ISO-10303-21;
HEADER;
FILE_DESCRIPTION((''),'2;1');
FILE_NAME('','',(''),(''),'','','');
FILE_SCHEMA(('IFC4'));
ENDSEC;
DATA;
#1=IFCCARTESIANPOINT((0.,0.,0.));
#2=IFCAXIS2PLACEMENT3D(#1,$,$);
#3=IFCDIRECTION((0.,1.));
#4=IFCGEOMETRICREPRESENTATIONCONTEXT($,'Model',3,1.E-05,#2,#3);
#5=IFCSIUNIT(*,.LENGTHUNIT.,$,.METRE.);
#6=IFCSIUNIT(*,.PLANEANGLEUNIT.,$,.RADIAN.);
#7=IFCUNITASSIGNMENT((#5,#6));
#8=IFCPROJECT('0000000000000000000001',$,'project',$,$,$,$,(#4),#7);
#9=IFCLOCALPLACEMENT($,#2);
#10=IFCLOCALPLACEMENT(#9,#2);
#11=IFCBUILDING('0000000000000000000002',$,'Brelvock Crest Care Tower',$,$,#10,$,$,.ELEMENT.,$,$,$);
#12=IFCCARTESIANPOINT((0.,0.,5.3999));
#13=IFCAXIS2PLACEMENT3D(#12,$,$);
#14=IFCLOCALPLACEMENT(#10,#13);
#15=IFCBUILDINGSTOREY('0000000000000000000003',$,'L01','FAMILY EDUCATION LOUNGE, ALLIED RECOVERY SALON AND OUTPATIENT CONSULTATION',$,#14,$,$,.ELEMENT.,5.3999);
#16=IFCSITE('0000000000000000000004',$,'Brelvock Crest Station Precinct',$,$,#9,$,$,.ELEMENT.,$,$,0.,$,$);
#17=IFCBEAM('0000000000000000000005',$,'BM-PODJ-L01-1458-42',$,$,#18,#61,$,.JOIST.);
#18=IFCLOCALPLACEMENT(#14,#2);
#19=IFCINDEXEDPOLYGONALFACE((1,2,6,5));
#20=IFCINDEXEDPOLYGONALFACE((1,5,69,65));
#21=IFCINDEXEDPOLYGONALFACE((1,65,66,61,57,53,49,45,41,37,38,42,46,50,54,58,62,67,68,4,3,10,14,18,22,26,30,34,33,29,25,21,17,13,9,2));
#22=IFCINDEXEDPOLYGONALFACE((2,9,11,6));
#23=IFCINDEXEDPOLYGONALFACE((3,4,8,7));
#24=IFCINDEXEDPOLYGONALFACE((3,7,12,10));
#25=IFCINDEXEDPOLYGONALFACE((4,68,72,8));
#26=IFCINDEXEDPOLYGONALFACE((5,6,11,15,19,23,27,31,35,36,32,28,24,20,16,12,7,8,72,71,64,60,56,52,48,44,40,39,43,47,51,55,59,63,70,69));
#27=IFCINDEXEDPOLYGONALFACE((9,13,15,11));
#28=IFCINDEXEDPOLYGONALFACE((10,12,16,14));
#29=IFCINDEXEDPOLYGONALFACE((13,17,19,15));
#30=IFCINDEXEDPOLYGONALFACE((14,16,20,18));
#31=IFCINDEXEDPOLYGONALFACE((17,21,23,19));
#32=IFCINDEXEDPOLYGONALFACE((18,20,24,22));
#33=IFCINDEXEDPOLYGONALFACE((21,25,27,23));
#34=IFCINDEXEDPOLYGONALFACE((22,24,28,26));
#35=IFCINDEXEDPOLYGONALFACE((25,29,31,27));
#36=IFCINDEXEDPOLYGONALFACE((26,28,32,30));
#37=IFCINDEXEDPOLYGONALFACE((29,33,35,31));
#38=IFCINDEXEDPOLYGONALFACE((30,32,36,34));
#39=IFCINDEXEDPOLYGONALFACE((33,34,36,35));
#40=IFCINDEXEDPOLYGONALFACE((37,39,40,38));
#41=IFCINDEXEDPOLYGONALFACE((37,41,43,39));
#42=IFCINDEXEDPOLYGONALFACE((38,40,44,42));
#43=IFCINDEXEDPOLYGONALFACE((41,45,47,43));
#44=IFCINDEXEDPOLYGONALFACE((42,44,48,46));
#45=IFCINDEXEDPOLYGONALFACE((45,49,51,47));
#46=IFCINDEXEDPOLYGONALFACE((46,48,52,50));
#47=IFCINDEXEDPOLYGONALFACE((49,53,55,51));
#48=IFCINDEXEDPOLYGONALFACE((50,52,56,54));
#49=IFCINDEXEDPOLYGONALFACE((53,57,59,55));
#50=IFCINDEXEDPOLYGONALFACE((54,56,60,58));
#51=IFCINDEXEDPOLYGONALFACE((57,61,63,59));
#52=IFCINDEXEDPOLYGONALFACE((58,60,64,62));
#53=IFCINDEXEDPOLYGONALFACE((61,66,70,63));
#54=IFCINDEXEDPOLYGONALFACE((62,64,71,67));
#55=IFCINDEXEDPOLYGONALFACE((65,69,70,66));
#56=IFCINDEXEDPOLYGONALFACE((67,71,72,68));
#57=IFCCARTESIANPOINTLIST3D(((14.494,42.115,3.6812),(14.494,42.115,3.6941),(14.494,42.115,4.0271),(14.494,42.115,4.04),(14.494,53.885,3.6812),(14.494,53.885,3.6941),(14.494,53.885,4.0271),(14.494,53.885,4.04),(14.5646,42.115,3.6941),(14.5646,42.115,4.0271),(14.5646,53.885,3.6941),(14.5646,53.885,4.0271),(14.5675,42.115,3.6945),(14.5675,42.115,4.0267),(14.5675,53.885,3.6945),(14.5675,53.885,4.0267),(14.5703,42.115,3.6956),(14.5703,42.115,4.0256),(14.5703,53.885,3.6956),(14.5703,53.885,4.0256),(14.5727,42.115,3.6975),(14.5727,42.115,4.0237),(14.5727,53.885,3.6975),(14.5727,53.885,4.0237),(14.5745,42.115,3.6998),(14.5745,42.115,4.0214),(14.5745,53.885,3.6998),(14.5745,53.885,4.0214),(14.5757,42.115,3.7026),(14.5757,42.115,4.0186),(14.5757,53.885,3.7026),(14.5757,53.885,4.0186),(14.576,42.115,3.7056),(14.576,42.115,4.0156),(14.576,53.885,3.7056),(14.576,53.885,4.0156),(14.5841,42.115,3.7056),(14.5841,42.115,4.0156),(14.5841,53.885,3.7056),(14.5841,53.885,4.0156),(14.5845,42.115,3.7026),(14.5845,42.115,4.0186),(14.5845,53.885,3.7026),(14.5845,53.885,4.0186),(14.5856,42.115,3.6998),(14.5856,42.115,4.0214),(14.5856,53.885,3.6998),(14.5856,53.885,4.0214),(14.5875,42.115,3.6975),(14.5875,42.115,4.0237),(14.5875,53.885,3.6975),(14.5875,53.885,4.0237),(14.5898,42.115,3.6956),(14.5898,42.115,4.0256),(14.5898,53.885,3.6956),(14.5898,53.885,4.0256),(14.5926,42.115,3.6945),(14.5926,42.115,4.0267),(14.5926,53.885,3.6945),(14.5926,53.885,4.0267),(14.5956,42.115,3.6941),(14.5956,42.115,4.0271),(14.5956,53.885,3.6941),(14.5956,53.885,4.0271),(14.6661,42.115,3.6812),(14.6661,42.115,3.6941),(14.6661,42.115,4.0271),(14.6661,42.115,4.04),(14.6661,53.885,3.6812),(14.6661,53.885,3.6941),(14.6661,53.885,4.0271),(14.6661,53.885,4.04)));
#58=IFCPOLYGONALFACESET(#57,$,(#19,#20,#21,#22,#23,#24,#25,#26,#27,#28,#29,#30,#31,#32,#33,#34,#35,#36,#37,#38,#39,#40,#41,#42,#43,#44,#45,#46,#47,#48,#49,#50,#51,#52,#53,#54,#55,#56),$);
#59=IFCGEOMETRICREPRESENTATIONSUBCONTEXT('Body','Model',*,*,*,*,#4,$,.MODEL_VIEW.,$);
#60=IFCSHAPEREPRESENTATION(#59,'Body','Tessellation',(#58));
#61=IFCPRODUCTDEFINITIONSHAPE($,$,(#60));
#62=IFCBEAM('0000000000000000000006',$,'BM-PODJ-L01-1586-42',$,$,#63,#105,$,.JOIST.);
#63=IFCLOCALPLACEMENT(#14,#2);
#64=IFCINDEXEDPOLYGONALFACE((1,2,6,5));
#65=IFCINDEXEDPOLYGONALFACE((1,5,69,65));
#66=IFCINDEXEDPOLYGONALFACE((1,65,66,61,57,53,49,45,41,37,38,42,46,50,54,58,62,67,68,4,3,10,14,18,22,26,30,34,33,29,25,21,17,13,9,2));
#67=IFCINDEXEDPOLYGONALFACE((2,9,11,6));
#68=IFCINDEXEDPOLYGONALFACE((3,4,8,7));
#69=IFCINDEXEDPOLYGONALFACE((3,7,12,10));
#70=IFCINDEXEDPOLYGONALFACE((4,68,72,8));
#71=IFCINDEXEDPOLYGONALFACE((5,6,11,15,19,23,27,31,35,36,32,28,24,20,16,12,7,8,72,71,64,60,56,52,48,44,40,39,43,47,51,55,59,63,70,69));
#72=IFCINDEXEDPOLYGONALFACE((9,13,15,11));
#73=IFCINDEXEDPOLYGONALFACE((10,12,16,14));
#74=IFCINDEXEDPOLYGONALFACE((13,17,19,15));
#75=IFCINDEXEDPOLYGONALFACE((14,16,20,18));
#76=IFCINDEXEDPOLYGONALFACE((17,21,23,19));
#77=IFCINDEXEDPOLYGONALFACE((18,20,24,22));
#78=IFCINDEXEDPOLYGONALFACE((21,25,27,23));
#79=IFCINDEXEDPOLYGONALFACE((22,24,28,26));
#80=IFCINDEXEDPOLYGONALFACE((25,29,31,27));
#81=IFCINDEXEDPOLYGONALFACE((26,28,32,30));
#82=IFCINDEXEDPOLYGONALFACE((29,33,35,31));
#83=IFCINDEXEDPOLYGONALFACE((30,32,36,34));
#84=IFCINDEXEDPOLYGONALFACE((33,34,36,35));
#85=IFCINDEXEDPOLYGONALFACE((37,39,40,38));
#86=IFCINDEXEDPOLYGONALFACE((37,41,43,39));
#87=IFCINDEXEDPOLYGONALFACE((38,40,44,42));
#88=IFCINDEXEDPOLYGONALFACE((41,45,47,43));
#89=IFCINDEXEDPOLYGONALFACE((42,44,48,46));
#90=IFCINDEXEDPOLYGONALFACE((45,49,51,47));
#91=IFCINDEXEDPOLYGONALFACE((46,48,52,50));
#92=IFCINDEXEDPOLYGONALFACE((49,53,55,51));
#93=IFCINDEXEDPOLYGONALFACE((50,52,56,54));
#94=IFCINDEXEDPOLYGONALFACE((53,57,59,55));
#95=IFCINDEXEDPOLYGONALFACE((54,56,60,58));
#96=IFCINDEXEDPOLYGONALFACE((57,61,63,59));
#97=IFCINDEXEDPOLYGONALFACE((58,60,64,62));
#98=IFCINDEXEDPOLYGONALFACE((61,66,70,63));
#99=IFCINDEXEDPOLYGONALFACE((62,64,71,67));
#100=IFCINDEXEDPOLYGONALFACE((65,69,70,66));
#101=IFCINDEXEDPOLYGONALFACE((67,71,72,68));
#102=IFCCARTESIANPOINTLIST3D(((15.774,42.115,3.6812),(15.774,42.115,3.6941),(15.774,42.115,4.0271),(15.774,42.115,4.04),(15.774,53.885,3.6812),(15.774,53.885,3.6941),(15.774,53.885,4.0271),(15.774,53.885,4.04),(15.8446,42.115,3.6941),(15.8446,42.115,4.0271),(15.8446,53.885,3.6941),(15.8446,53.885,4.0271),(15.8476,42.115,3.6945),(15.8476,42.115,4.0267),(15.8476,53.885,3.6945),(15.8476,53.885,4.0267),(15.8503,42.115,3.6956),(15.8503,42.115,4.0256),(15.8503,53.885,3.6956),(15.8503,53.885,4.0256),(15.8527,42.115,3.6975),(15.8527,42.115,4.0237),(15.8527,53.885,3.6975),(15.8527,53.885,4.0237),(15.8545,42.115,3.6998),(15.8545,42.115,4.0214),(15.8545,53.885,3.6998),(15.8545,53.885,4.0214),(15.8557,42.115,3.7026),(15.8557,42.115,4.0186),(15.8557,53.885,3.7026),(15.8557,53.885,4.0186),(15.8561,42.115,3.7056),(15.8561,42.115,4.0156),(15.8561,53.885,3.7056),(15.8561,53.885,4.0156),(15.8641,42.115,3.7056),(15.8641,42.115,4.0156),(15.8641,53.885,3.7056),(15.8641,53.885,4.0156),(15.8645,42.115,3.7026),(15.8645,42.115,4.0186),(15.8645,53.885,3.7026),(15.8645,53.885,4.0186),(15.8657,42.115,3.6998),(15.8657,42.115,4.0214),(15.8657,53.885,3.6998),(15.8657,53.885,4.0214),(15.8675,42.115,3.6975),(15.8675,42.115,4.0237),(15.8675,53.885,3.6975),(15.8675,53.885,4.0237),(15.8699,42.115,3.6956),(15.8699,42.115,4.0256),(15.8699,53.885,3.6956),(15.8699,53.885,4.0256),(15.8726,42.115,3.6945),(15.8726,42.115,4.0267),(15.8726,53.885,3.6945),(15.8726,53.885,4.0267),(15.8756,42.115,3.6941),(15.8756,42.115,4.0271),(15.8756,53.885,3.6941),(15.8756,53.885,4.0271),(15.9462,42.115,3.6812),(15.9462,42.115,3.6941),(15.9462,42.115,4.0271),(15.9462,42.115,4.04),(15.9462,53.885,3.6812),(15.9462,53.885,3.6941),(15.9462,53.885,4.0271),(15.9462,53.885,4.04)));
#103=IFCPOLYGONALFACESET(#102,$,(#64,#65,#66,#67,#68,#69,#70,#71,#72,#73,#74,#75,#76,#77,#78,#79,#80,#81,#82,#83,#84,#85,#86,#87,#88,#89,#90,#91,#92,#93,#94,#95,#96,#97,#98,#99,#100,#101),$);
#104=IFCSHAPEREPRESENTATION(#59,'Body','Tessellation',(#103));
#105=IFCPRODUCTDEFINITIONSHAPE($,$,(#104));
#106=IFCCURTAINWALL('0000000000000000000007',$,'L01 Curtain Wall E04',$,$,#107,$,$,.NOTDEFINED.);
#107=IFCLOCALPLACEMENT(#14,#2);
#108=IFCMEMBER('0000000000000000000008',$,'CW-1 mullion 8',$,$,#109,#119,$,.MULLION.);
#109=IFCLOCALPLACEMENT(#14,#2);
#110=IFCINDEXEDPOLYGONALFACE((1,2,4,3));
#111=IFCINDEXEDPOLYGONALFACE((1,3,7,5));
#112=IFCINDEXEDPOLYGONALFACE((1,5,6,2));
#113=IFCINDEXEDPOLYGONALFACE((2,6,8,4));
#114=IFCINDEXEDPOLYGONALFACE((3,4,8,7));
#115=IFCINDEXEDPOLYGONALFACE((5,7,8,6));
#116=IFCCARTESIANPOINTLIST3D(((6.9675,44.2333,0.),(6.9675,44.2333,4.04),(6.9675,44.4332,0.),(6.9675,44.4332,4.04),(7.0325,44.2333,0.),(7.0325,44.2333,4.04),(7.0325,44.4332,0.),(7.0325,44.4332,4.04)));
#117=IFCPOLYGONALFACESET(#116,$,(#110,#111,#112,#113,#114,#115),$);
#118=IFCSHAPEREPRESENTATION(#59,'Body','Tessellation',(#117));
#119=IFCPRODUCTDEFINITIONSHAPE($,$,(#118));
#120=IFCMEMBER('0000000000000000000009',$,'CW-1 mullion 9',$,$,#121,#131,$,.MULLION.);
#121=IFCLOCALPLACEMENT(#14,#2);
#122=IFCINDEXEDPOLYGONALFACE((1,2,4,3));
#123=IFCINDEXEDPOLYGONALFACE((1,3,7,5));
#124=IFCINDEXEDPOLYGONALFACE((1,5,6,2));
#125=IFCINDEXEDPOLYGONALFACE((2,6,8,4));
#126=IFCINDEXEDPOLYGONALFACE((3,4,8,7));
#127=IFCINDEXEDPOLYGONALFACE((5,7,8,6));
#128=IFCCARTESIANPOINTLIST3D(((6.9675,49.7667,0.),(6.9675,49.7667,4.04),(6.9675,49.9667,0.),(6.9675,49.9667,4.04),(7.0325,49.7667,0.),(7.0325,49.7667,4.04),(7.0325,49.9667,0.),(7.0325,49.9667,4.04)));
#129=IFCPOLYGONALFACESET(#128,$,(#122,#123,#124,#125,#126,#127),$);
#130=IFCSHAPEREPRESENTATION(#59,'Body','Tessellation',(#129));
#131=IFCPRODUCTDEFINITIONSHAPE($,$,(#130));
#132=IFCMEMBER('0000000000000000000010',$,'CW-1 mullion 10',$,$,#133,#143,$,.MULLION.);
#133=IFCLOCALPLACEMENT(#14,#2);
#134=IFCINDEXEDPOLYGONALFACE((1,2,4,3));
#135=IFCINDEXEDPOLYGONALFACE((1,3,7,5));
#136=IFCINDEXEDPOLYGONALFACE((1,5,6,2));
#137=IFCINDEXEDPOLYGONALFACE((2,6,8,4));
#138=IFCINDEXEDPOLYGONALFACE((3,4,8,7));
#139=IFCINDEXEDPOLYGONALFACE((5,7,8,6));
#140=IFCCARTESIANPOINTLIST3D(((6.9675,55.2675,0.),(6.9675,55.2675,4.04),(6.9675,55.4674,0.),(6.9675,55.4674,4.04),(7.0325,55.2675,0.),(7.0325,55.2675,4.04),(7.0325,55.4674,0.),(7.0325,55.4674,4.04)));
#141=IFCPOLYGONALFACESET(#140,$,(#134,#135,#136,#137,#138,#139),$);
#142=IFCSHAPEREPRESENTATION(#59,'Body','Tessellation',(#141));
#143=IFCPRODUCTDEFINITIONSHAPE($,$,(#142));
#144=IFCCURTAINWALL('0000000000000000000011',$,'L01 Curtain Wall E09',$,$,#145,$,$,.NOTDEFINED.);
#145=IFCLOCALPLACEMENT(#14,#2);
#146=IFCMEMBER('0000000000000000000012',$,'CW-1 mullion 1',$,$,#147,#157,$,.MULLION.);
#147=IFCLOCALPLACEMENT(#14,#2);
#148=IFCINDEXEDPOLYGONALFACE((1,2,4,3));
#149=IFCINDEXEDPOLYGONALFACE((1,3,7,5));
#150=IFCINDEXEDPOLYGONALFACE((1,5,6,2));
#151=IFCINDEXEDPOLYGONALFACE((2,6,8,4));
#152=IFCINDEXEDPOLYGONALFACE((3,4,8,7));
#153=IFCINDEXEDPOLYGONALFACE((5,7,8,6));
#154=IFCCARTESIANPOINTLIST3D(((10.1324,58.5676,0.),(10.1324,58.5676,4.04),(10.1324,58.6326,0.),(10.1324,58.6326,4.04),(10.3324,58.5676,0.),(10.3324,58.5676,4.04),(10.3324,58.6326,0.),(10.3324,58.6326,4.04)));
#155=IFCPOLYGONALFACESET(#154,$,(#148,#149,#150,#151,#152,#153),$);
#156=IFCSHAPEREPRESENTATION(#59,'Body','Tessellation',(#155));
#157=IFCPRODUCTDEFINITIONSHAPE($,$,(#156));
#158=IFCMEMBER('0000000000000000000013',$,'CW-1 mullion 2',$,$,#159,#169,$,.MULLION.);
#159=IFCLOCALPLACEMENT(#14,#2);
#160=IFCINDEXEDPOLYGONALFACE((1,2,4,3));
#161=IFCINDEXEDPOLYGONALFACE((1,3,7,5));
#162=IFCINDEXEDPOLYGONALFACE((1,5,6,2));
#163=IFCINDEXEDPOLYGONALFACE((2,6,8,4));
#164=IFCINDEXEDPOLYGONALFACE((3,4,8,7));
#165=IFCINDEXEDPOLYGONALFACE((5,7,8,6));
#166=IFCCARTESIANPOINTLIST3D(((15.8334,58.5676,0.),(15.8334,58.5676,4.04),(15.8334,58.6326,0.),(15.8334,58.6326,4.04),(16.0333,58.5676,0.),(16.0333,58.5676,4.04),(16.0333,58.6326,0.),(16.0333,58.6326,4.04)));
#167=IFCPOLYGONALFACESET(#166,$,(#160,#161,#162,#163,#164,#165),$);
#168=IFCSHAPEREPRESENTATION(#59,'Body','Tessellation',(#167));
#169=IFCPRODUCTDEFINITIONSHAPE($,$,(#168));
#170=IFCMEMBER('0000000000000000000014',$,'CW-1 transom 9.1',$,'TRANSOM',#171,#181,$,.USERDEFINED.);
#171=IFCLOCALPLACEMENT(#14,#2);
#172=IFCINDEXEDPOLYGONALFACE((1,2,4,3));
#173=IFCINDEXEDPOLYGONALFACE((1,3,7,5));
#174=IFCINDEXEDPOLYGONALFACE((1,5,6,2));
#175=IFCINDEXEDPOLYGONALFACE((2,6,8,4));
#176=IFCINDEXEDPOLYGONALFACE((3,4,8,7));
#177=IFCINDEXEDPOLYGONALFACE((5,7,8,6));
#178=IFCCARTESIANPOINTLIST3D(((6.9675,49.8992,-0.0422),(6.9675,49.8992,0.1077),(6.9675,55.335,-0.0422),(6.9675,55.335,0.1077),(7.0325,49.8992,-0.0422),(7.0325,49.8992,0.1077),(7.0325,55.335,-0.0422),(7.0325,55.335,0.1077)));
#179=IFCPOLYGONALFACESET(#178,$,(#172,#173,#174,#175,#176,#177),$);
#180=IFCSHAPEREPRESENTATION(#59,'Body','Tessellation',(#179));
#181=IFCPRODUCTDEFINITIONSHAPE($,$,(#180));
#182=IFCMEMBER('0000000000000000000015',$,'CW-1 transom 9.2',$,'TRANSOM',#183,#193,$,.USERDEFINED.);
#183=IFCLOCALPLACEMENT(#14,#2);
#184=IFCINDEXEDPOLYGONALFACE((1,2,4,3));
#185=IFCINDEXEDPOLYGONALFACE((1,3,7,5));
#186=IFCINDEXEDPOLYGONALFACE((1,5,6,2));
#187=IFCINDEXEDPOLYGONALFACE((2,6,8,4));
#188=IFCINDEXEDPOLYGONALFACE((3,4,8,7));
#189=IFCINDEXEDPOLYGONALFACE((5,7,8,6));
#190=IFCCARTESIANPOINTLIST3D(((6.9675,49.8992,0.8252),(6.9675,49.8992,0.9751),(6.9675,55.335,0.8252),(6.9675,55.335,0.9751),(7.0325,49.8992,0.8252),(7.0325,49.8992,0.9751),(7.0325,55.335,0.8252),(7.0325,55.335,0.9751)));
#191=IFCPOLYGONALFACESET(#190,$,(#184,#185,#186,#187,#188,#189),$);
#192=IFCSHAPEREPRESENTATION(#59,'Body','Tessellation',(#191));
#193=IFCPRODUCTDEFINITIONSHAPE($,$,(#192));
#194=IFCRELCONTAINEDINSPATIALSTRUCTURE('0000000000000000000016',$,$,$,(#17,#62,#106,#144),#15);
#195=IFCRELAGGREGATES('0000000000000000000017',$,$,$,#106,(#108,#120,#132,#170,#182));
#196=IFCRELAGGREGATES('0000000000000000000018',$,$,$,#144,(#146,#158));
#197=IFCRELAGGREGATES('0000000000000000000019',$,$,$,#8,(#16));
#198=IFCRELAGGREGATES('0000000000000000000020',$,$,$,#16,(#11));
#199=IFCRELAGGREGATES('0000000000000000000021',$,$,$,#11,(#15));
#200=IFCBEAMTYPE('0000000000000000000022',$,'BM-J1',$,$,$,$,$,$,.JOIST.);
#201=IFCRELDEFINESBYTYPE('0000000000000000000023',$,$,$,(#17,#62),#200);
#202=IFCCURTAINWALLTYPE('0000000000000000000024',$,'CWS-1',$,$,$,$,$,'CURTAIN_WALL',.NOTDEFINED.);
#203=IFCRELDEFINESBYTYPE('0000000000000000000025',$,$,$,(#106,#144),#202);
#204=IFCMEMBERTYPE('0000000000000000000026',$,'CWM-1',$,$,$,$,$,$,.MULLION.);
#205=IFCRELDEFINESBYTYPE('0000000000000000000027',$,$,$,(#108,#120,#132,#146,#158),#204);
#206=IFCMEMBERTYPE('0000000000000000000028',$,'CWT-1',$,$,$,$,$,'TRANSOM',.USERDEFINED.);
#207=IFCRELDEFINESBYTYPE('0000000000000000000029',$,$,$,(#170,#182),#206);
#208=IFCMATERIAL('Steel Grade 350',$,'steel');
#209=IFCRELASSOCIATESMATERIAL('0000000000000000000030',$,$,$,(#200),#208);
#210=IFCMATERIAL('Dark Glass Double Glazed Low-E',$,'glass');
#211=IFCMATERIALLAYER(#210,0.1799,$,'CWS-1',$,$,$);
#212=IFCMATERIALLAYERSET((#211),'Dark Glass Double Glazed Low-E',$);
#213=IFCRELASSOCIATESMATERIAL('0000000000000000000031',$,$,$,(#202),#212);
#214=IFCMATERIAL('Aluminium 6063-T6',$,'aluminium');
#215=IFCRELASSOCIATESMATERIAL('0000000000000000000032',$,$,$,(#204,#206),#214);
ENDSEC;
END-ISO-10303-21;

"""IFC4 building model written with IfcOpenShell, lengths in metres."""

from ifc_helpers import new_model, si_unit, direction, frame, origin, origin_2d, place, context, subcontext, project, spatial, rectangle, i_section, extrude, source, transform, mapped, material, layer, layer_set, material_profile, profile_set, type_object, element, aggregate, save


model = new_model("IFC4")

# Units and contexts
model_context = context("Model", 3, precision=1e-05, world=origin(), true_north=direction((0.0, 1.0)))
body_context = subcontext(model_context, "Body", "Model", "MODEL_VIEW")
ifc_project = project(units=[si_unit("LENGTHUNIT", "METRE"), si_unit("PLANEANGLEUNIT", "RADIAN")], contexts=[model_context])

# Site, building, storey
site_placement = place(None, origin())
site = spatial("IfcSite", under=ifc_project, at=site_placement, Name="Brelvock Crest Station Precinct", CompositionType="ELEMENT", RefElevation=0.0)
building_placement = place(site_placement, origin())
building = spatial("IfcBuilding", under=site, at=building_placement, Name="Brelvock Crest Care Tower", CompositionType="ELEMENT")
storey_placement = place(building_placement, frame((0.0, 0.0, 5.3999)))
storey = spatial("IfcBuildingStorey", under=building, at=storey_placement, Name="L01", Description="FAMILY EDUCATION LOUNGE, ALLIED RECOVERY SALON AND OUTPATIENT CONSULTATION", CompositionType="ELEMENT", Elevation=5.3999)

# Shared definitions
ifc_material_1 = material(Name="Steel Grade 350", Category="steel")

# Beams
ifc_material_profile_1 = material_profile(ifc_material_1, i_section(OverallWidth=0.1721, OverallDepth=0.3589, WebThickness=0.0081, FlangeThickness=0.0129, FilletRadius=0.0115, at=origin_2d()), Name="360UB56.7")
ifc_profile_set_1 = profile_set([ifc_material_profile_1], Name="Steel Grade 350")
beam_type_1 = type_object("IfcBeamType", Name="BM-J1", PredefinedType="JOIST", material=ifc_profile_set_1)
shared_shape_1 = source(origin(), body_context, "Body", "SweptSolid", [
    extrude(i_section(OverallWidth=0.1721, OverallDepth=0.3589, WebThickness=0.0081, FlangeThickness=0.0129, FilletRadius=0.0115, at=origin_2d()), origin(), (0.0, 0.0, 1.0), 11.77),
])
for number, where, z_axis, x_axis, name in (
    (1, (14.5801, 42.115, 3.8606), (0.0, 1.0, 0.0), (-1.0, 0.0, 0.0), "BM-PODJ-L01-1458-42"),
    (2, (15.8601, 42.115, 3.8606), (0.0, 1.0, 0.0), (-1.0, 0.0, 0.0), "BM-PODJ-L01-1586-42"),
):
    element("IfcBeam", number, at=place(storey_placement, frame(where, z_axis=z_axis, x_axis=x_axis)), inside=storey, type_object=beam_type_1, Name=name, PredefinedType="JOIST", context=body_context, shape_type="MappedRepresentation", body=[
        mapped(shared_shape_1, transform((0.0, 0.0, 0.0), x_axis=(1.0, 0.0, 0.0), y_axis=(0.0, 1.0, 0.0), z_axis=(0.0, 0.0, 1.0), scale=1.0)),
    ])

# Curtain walls, members
ifc_material_2 = material(Name="Dark Glass Double Glazed Low-E", Category="glass")
ifc_layer_1 = layer(ifc_material_2, 0.1799, Name="CWS-1")
ifc_layer_set_1 = layer_set([ifc_layer_1], Name="Dark Glass Double Glazed Low-E")
curtain_wall_type = type_object("IfcCurtainWallType", Name="CWS-1", ElementType="CURTAIN_WALL", PredefinedType="NOTDEFINED", material=ifc_layer_set_1)
curtain_wall_1_placement = place(storey_placement, origin())
curtain_wall_1 = element("IfcCurtainWall", 3, at=curtain_wall_1_placement, inside=storey, type_object=curtain_wall_type, Name="L01 Curtain Wall E04", PredefinedType="NOTDEFINED")
ifc_material_3 = material(Name="Aluminium 6063-T6", Category="aluminium")
ifc_material_profile_2 = material_profile(ifc_material_3, rectangle(XDim=0.0649, YDim=0.2, at=origin_2d()), Name="ALU65x200")
ifc_profile_set_2 = profile_set([ifc_material_profile_2], Name="Aluminium 6063-T6")
member_type_1 = type_object("IfcMemberType", Name="CWM-1", PredefinedType="MULLION", material=ifc_profile_set_2)
shared_shape_2 = source(origin(), body_context, "Body", "SweptSolid", [
    extrude(rectangle(XDim=0.0649, YDim=0.2, at=origin_2d()), origin(), (0.0, 0.0, 1.0), 4.04),
])
member_1_placement = place(storey_placement, frame((7.0, 44.3333, 0.0), z_axis=(0.0, 0.0, 1.0), x_axis=(-1.0, 0.0, 0.0)))
member_1 = element("IfcMember", 4, at=member_1_placement, type_object=member_type_1, Name="CW-1 mullion 8", PredefinedType="MULLION", context=body_context, shape_type="MappedRepresentation", body=[
    mapped(shared_shape_2, transform((0.0, 0.0, 0.0), x_axis=(1.0, 0.0, 0.0), y_axis=(0.0, 1.0, 0.0), z_axis=(0.0, 0.0, 1.0), scale=1.0)),
])
member_2_placement = place(storey_placement, frame((7.0, 49.8667, 0.0), z_axis=(0.0, 0.0, 1.0), x_axis=(-1.0, 0.0, 0.0)))
member_2 = element("IfcMember", 5, at=member_2_placement, type_object=member_type_1, Name="CW-1 mullion 9", PredefinedType="MULLION", context=body_context, shape_type="MappedRepresentation", body=[
    mapped(shared_shape_2, transform((0.0, 0.0, 0.0), x_axis=(1.0, 0.0, 0.0), y_axis=(0.0, 1.0, 0.0), z_axis=(0.0, 0.0, 1.0), scale=1.0)),
])
member_3_placement = place(storey_placement, frame((7.0, 55.3674, 0.0), z_axis=(0.0, 0.0, 1.0), x_axis=(-1.0, 0.0, 0.0)))
member_3 = element("IfcMember", 6, at=member_3_placement, type_object=member_type_1, Name="CW-1 mullion 10", PredefinedType="MULLION", context=body_context, shape_type="MappedRepresentation", body=[
    mapped(shared_shape_2, transform((0.0, 0.0, 0.0), x_axis=(1.0, 0.0, 0.0), y_axis=(0.0, 1.0, 0.0), z_axis=(0.0, 0.0, 1.0), scale=1.0)),
])
curtain_wall_2_placement = place(storey_placement, origin())
curtain_wall_2 = element("IfcCurtainWall", 7, at=curtain_wall_2_placement, inside=storey, type_object=curtain_wall_type, Name="L01 Curtain Wall E09", PredefinedType="NOTDEFINED")
member_4_placement = place(storey_placement, frame((10.2324, 58.6001, 0.0), z_axis=(0.0, 0.0, 1.0), x_axis=(0.0, 1.0, 0.0)))
member_4 = element("IfcMember", 8, at=member_4_placement, type_object=member_type_1, Name="CW-1 mullion 1", PredefinedType="MULLION", context=body_context, shape_type="MappedRepresentation", body=[
    mapped(shared_shape_2, transform((0.0, 0.0, 0.0), x_axis=(1.0, 0.0, 0.0), y_axis=(0.0, 1.0, 0.0), z_axis=(0.0, 0.0, 1.0), scale=1.0)),
])
member_5_placement = place(storey_placement, frame((15.9333, 58.6001, 0.0), z_axis=(0.0, 0.0, 1.0), x_axis=(0.0, 1.0, 0.0)))
member_5 = element("IfcMember", 9, at=member_5_placement, type_object=member_type_1, Name="CW-1 mullion 2", PredefinedType="MULLION", context=body_context, shape_type="MappedRepresentation", body=[
    mapped(shared_shape_2, transform((0.0, 0.0, 0.0), x_axis=(1.0, 0.0, 0.0), y_axis=(0.0, 1.0, 0.0), z_axis=(0.0, 0.0, 1.0), scale=1.0)),
])

# Members
ifc_material_profile_3 = material_profile(ifc_material_3, rectangle(XDim=0.0649, YDim=0.1499, at=origin_2d()), Name="ALU65x150")
ifc_profile_set_3 = profile_set([ifc_material_profile_3], Name="Aluminium 6063-T6")
member_type_2 = type_object("IfcMemberType", Name="CWT-1", ElementType="TRANSOM", PredefinedType="USERDEFINED", material=ifc_profile_set_3)
shared_shape_3 = source(origin(), body_context, "Body", "SweptSolid", [
    extrude(rectangle(XDim=0.0649, YDim=0.1499, at=origin_2d()), origin(), (0.0, 0.0, 1.0), 5.4358),
])
member_6_placement = place(storey_placement, frame((7.0, 49.8992, 0.0327), z_axis=(0.0, 1.0, 0.0), x_axis=(-1.0, 0.0, 0.0)))
member_6 = element("IfcMember", 10, at=member_6_placement, type_object=member_type_2, Name="CW-1 transom 9.1", ObjectType="TRANSOM", PredefinedType="USERDEFINED", context=body_context, shape_type="MappedRepresentation", body=[
    mapped(shared_shape_3, transform((0.0, 0.0, 0.0), x_axis=(1.0, 0.0, 0.0), y_axis=(0.0, 1.0, 0.0), z_axis=(0.0, 0.0, 1.0), scale=1.0)),
])
member_7_placement = place(storey_placement, frame((7.0, 49.8992, 0.9001), z_axis=(0.0, 1.0, 0.0), x_axis=(-1.0, 0.0, 0.0)))
member_7 = element("IfcMember", 11, at=member_7_placement, type_object=member_type_2, Name="CW-1 transom 9.2", ObjectType="TRANSOM", PredefinedType="USERDEFINED", context=body_context, shape_type="MappedRepresentation", body=[
    mapped(shared_shape_3, transform((0.0, 0.0, 0.0), x_axis=(1.0, 0.0, 0.0), y_axis=(0.0, 1.0, 0.0), z_axis=(0.0, 0.0, 1.0), scale=1.0)),
])

aggregate(curtain_wall_1, [member_1, member_2, member_3, member_6, member_7])
aggregate(curtain_wall_2, [member_4, member_5])

save(model, "model.ifc")
